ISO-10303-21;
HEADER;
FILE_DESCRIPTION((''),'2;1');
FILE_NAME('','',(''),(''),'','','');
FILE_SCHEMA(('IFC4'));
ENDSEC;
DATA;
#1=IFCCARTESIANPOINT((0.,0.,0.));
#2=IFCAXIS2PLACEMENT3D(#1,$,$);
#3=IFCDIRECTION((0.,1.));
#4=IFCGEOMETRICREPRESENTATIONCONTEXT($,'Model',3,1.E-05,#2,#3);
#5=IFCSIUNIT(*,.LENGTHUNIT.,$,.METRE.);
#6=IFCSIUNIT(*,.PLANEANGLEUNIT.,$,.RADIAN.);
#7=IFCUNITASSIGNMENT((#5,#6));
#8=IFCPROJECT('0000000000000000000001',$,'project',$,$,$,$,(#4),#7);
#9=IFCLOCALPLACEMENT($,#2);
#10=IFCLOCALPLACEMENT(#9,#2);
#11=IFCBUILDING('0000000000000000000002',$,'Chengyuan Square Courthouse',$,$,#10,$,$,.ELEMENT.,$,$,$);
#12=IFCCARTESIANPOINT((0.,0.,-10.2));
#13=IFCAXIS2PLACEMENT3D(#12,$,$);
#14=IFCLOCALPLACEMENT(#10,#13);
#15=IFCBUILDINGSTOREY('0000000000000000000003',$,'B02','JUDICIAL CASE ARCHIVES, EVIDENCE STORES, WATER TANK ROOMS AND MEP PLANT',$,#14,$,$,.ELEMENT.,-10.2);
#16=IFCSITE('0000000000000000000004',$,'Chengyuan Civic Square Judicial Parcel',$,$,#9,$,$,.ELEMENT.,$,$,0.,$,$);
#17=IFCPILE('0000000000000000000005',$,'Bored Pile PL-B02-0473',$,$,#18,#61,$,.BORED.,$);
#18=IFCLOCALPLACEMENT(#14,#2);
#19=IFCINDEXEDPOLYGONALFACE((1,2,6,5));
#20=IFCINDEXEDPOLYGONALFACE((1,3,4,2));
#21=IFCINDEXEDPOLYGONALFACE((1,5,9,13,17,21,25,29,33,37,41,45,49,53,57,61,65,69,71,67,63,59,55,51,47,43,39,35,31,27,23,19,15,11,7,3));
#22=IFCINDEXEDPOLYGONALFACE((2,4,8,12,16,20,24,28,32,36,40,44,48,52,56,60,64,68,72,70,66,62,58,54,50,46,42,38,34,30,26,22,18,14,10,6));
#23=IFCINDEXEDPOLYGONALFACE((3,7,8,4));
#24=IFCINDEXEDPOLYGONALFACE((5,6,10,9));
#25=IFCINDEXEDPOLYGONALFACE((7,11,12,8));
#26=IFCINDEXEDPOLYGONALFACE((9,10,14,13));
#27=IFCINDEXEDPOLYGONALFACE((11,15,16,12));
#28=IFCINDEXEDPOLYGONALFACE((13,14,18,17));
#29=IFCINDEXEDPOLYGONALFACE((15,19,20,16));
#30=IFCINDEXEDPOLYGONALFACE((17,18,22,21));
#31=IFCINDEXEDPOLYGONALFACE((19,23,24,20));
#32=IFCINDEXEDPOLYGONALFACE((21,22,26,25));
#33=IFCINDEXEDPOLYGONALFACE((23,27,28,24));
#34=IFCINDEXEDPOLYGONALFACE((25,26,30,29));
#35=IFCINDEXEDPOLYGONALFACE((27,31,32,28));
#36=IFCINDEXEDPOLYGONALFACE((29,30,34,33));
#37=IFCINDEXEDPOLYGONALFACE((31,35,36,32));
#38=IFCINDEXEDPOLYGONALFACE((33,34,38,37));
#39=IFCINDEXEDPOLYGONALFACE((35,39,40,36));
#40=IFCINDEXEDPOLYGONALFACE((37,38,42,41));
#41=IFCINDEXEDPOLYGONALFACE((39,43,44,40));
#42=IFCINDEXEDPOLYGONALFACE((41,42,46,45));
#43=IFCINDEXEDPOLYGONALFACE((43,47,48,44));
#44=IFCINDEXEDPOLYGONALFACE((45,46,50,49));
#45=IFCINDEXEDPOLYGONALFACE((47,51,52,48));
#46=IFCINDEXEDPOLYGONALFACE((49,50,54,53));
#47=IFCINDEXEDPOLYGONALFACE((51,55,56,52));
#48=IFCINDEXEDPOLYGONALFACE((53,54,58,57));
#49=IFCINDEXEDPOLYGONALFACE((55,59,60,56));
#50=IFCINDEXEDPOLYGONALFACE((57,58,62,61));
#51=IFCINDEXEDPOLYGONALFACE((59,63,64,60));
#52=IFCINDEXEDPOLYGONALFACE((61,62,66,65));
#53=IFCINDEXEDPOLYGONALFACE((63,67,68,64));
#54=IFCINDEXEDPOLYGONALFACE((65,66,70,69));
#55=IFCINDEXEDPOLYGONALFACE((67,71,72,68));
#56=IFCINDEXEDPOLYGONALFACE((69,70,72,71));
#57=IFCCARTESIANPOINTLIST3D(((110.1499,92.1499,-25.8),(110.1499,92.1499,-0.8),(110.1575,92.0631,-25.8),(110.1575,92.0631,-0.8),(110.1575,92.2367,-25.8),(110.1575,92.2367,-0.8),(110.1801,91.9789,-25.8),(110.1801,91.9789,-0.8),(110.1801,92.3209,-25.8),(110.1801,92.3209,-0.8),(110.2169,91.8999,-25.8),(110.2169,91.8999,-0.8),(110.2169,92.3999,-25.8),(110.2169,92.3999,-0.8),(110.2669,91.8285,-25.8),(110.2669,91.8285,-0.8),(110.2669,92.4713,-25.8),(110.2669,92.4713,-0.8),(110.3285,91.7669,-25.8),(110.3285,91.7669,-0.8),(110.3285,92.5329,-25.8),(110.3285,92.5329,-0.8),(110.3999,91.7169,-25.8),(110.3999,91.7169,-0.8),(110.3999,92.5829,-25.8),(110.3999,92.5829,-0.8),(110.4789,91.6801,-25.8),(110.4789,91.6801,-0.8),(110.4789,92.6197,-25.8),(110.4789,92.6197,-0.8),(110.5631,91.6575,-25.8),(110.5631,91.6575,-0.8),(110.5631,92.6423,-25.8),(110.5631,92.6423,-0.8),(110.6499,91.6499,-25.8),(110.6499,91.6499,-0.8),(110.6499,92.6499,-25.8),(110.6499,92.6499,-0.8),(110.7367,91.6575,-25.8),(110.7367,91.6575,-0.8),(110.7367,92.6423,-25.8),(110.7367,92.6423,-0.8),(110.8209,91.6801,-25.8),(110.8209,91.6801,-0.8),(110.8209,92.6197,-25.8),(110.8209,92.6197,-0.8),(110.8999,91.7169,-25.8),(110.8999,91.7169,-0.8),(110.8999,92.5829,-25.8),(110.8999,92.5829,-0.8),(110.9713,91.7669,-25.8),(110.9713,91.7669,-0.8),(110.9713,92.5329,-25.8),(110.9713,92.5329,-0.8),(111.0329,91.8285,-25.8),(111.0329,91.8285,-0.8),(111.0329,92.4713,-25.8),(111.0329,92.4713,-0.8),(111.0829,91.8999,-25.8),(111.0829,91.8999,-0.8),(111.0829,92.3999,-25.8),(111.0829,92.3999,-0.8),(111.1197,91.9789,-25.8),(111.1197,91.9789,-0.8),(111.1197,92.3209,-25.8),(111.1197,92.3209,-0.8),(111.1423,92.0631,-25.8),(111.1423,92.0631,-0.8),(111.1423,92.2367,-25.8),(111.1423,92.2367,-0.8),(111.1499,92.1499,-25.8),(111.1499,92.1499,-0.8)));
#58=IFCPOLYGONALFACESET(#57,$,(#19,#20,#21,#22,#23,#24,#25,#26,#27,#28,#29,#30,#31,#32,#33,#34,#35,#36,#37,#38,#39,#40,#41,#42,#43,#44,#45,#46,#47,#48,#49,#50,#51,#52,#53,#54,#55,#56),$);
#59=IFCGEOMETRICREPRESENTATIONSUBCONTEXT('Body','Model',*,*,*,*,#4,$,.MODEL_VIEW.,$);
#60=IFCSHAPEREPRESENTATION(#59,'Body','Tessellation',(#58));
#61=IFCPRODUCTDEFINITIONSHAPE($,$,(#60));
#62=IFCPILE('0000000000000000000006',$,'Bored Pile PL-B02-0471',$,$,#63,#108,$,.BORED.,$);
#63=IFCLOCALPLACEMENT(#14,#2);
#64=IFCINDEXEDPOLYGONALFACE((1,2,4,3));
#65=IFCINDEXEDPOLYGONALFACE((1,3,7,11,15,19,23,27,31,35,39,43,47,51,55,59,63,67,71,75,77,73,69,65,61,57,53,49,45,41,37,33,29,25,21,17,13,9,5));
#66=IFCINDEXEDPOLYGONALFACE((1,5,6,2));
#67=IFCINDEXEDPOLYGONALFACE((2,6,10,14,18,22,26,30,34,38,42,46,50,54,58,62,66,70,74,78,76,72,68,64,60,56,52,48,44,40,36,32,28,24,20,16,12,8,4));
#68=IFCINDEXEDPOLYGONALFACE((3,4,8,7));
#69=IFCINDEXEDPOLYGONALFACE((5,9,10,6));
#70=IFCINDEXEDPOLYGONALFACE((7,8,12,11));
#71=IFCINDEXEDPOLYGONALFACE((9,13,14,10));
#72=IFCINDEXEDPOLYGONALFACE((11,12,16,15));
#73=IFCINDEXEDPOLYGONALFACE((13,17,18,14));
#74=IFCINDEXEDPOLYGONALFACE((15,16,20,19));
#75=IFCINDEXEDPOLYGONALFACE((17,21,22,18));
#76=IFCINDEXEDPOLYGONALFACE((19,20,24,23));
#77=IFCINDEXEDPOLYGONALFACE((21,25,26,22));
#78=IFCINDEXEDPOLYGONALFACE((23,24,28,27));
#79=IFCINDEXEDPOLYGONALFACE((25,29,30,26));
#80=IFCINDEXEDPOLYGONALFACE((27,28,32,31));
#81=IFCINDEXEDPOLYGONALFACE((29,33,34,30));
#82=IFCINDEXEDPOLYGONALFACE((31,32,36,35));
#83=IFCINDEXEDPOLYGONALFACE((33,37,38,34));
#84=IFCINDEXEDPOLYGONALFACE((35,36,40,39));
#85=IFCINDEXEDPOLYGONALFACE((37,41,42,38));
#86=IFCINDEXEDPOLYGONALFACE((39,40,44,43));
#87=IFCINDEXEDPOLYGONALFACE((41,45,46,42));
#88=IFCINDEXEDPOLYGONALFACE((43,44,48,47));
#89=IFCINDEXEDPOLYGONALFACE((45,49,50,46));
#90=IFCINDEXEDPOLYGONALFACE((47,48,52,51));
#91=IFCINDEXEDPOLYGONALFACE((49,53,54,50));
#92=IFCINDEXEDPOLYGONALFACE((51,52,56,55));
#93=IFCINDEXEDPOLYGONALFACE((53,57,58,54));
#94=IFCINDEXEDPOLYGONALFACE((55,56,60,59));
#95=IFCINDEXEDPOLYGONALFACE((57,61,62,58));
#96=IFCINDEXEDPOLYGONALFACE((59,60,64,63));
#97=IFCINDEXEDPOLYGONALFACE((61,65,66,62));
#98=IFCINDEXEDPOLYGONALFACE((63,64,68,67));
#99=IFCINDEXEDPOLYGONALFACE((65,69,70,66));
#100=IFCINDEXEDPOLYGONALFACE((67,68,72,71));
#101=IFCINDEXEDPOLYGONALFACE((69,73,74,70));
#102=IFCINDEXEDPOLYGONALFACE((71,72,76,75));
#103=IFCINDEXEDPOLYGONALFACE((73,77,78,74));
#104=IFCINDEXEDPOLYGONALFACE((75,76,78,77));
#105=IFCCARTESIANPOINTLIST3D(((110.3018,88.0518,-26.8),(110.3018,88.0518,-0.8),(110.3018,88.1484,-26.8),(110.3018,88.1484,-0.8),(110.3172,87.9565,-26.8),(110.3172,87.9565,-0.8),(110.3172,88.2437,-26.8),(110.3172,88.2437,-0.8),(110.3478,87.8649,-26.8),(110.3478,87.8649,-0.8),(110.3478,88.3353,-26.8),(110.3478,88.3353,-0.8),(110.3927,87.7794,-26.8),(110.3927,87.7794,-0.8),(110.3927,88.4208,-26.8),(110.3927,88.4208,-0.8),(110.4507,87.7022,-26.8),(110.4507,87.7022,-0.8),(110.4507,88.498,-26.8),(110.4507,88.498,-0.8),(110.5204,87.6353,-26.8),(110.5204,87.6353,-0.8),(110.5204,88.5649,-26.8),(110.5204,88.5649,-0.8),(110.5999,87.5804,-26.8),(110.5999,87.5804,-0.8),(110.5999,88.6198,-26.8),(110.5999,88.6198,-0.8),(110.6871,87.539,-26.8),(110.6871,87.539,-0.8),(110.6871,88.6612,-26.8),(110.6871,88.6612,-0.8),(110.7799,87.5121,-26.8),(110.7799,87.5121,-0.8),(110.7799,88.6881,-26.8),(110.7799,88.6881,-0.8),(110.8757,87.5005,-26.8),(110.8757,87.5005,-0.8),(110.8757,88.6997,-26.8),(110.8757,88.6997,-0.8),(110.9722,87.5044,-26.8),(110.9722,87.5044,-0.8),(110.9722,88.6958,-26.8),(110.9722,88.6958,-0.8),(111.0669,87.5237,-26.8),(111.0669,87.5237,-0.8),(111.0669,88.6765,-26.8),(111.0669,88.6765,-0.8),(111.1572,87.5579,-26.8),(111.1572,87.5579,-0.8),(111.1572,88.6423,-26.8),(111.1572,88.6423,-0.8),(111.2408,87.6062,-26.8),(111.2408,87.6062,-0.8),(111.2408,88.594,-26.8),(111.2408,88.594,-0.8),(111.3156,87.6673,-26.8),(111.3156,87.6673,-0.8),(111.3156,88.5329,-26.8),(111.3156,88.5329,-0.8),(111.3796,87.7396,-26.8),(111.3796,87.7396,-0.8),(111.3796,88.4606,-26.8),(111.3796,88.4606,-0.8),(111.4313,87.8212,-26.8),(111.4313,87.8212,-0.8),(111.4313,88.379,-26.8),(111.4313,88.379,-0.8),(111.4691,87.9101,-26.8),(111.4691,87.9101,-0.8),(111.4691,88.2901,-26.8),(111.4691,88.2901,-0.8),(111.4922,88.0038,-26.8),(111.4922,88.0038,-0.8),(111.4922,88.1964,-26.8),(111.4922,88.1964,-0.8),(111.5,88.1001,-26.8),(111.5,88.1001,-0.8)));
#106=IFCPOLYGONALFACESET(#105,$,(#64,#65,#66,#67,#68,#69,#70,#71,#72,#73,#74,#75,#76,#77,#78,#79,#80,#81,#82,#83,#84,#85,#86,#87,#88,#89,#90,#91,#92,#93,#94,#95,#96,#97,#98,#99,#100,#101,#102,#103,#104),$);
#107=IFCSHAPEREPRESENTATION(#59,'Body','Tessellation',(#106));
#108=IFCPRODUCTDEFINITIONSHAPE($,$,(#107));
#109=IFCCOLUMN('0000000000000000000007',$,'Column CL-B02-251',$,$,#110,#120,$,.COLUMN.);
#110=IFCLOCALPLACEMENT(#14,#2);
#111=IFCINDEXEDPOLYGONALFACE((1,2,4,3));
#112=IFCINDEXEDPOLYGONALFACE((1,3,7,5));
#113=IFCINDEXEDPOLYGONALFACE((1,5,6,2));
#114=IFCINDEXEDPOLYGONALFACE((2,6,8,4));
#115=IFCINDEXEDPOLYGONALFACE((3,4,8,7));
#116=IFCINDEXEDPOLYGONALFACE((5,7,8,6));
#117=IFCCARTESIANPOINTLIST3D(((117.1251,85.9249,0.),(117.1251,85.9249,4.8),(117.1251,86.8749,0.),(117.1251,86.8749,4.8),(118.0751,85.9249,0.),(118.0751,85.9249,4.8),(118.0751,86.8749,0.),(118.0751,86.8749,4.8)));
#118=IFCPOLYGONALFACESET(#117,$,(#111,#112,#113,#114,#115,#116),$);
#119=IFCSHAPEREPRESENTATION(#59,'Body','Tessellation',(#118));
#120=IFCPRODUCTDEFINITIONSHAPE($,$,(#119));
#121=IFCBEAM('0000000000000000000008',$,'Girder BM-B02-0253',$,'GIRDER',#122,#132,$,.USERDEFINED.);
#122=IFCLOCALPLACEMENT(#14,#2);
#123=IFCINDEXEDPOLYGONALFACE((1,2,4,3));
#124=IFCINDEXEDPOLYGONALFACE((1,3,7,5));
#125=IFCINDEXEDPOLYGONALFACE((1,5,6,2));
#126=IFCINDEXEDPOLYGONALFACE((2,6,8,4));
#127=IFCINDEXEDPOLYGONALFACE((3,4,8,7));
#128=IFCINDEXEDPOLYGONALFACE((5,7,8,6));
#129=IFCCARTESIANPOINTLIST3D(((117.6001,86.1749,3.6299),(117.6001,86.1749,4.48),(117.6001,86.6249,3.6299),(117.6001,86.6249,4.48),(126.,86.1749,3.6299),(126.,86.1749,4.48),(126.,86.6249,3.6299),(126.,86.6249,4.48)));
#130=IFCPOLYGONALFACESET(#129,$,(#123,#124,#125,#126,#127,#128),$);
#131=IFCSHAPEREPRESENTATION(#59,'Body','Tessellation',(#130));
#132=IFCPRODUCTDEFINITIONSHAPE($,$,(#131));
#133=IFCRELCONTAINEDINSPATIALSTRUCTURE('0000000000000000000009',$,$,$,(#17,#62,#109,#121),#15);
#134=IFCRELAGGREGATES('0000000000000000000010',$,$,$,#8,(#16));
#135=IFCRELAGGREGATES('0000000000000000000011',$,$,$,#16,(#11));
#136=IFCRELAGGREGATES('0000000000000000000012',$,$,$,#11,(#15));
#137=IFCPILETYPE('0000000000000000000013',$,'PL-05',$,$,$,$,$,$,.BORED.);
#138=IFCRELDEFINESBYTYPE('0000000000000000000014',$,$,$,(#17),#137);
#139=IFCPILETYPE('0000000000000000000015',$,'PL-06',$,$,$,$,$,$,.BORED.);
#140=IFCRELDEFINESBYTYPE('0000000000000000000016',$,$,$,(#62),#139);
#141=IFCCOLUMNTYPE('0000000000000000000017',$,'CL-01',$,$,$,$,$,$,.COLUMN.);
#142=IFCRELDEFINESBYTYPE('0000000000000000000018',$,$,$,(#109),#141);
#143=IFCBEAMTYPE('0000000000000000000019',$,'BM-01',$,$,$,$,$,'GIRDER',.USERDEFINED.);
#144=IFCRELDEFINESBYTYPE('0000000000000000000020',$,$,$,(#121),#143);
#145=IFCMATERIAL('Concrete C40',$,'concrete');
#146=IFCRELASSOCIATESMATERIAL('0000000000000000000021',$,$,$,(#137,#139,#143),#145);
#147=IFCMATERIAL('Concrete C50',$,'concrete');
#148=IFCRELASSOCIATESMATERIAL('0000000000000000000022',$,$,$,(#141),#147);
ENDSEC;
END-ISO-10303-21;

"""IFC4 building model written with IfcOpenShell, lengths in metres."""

from ifc_helpers import new_model, si_unit, direction, frame, origin, origin_2d, place, context, subcontext, project, spatial, rectangle, circle, extrude, material, material_profile, profile_set, type_object, element, save


model = new_model("IFC4")

# Units and contexts
model_context = context("Model", 3, precision=1e-05, world=origin(), true_north=direction((0.0, 1.0)))
body_context = subcontext(model_context, "Body", "Model", "MODEL_VIEW")
ifc_project = project(units=[si_unit("LENGTHUNIT", "METRE"), si_unit("PLANEANGLEUNIT", "RADIAN")], contexts=[model_context])

# Site, building, storey
site_placement = place(None, origin())
site = spatial("IfcSite", under=ifc_project, at=site_placement, Name="Chengyuan Civic Square Judicial Parcel", CompositionType="ELEMENT", RefElevation=0.0)
building_placement = place(site_placement, origin())
building = spatial("IfcBuilding", under=site, at=building_placement, Name="Chengyuan Square Courthouse", CompositionType="ELEMENT")
storey_placement = place(building_placement, frame((0.0, 0.0, -10.2)))
storey = spatial("IfcBuildingStorey", under=building, at=storey_placement, Name="B02", Description="JUDICIAL CASE ARCHIVES, EVIDENCE STORES, WATER TANK ROOMS AND MEP PLANT", CompositionType="ELEMENT", Elevation=-10.2)

# Shared definitions
ifc_material_1 = material(Name="Concrete C40", Category="concrete")

# Piles
ifc_material_profile_1 = material_profile(ifc_material_1, circle(Radius=0.5, at=origin_2d()), Name="BORED PILE D1000")
ifc_profile_set_1 = profile_set([ifc_material_profile_1], Name="Concrete C40")
pile_type_1 = type_object("IfcPileType", Name="PL-05", PredefinedType="BORED", material=ifc_profile_set_1)
pile_1_placement = place(storey_placement, frame((110.6499, 92.1499, -0.8), z_axis=(0.0, 0.0, -1.0), x_axis=(1.0, 0.0, 0.0)))
element("IfcPile", 1, at=pile_1_placement, inside=storey, type_object=pile_type_1, Name="Bored Pile PL-B02-0473", PredefinedType="BORED", context=body_context, shape_type="SweptSolid", body=[
    extrude(circle(Radius=0.5, at=origin_2d()), origin(), (0.0, 0.0, 1.0), 25.0),
])
ifc_material_profile_2 = material_profile(ifc_material_1, circle(Radius=0.6001, at=origin_2d()), Name="BORED PILE D1200")
ifc_profile_set_2 = profile_set([ifc_material_profile_2], Name="Concrete C40")
pile_type_2 = type_object("IfcPileType", Name="PL-06", PredefinedType="BORED", material=ifc_profile_set_2)
pile_2_placement = place(storey_placement, frame((110.8999, 88.1001, -0.8), z_axis=(0.0, 0.0, -1.0), x_axis=(1.0, 0.0, 0.0)))
element("IfcPile", 2, at=pile_2_placement, inside=storey, type_object=pile_type_2, Name="Bored Pile PL-B02-0471", PredefinedType="BORED", context=body_context, shape_type="SweptSolid", body=[
    extrude(circle(Radius=0.6001, at=origin_2d()), origin(), (0.0, 0.0, 1.0), 26.0),
])

# Column
ifc_material_2 = material(Name="Concrete C50", Category="concrete")
ifc_material_profile_3 = material_profile(ifc_material_2, rectangle(XDim=0.95, YDim=0.95, at=origin_2d()), Name="RC-COL-950x950")
ifc_profile_set_3 = profile_set([ifc_material_profile_3], Name="Concrete C50")
column_type = type_object("IfcColumnType", Name="CL-01", PredefinedType="COLUMN", material=ifc_profile_set_3)
column_placement = place(storey_placement, frame((117.6001, 86.3999, 0.0), z_axis=(0.0, 0.0, 1.0), x_axis=(1.0, 0.0, 0.0)))
element("IfcColumn", 3, at=column_placement, inside=storey, type_object=column_type, Name="Column CL-B02-251", PredefinedType="COLUMN", context=body_context, shape_type="SweptSolid", body=[
    extrude(rectangle(XDim=0.95, YDim=0.95, at=origin_2d()), origin(), (0.0, 0.0, 1.0), 4.8),
])

# Beam
ifc_material_profile_4 = material_profile(ifc_material_1, rectangle(XDim=0.45, YDim=0.8501, at=origin_2d()), Name="RC-BM-450x850")
ifc_profile_set_4 = profile_set([ifc_material_profile_4], Name="Concrete C40")
beam_type = type_object("IfcBeamType", Name="BM-01", ElementType="GIRDER", PredefinedType="USERDEFINED", material=ifc_profile_set_4)
beam_placement = place(storey_placement, frame((117.6001, 86.3999, 4.0549), z_axis=(1.0, 0.0, 0.0), x_axis=(0.0, 1.0, 0.0)))
element("IfcBeam", 4, at=beam_placement, inside=storey, type_object=beam_type, Name="Girder BM-B02-0253", ObjectType="GIRDER", PredefinedType="USERDEFINED", context=body_context, shape_type="SweptSolid", body=[
    extrude(rectangle(XDim=0.45, YDim=0.8501, at=origin_2d()), origin(), (0.0, 0.0, 1.0), 8.3999),
])

save(model, "model.ifc")
